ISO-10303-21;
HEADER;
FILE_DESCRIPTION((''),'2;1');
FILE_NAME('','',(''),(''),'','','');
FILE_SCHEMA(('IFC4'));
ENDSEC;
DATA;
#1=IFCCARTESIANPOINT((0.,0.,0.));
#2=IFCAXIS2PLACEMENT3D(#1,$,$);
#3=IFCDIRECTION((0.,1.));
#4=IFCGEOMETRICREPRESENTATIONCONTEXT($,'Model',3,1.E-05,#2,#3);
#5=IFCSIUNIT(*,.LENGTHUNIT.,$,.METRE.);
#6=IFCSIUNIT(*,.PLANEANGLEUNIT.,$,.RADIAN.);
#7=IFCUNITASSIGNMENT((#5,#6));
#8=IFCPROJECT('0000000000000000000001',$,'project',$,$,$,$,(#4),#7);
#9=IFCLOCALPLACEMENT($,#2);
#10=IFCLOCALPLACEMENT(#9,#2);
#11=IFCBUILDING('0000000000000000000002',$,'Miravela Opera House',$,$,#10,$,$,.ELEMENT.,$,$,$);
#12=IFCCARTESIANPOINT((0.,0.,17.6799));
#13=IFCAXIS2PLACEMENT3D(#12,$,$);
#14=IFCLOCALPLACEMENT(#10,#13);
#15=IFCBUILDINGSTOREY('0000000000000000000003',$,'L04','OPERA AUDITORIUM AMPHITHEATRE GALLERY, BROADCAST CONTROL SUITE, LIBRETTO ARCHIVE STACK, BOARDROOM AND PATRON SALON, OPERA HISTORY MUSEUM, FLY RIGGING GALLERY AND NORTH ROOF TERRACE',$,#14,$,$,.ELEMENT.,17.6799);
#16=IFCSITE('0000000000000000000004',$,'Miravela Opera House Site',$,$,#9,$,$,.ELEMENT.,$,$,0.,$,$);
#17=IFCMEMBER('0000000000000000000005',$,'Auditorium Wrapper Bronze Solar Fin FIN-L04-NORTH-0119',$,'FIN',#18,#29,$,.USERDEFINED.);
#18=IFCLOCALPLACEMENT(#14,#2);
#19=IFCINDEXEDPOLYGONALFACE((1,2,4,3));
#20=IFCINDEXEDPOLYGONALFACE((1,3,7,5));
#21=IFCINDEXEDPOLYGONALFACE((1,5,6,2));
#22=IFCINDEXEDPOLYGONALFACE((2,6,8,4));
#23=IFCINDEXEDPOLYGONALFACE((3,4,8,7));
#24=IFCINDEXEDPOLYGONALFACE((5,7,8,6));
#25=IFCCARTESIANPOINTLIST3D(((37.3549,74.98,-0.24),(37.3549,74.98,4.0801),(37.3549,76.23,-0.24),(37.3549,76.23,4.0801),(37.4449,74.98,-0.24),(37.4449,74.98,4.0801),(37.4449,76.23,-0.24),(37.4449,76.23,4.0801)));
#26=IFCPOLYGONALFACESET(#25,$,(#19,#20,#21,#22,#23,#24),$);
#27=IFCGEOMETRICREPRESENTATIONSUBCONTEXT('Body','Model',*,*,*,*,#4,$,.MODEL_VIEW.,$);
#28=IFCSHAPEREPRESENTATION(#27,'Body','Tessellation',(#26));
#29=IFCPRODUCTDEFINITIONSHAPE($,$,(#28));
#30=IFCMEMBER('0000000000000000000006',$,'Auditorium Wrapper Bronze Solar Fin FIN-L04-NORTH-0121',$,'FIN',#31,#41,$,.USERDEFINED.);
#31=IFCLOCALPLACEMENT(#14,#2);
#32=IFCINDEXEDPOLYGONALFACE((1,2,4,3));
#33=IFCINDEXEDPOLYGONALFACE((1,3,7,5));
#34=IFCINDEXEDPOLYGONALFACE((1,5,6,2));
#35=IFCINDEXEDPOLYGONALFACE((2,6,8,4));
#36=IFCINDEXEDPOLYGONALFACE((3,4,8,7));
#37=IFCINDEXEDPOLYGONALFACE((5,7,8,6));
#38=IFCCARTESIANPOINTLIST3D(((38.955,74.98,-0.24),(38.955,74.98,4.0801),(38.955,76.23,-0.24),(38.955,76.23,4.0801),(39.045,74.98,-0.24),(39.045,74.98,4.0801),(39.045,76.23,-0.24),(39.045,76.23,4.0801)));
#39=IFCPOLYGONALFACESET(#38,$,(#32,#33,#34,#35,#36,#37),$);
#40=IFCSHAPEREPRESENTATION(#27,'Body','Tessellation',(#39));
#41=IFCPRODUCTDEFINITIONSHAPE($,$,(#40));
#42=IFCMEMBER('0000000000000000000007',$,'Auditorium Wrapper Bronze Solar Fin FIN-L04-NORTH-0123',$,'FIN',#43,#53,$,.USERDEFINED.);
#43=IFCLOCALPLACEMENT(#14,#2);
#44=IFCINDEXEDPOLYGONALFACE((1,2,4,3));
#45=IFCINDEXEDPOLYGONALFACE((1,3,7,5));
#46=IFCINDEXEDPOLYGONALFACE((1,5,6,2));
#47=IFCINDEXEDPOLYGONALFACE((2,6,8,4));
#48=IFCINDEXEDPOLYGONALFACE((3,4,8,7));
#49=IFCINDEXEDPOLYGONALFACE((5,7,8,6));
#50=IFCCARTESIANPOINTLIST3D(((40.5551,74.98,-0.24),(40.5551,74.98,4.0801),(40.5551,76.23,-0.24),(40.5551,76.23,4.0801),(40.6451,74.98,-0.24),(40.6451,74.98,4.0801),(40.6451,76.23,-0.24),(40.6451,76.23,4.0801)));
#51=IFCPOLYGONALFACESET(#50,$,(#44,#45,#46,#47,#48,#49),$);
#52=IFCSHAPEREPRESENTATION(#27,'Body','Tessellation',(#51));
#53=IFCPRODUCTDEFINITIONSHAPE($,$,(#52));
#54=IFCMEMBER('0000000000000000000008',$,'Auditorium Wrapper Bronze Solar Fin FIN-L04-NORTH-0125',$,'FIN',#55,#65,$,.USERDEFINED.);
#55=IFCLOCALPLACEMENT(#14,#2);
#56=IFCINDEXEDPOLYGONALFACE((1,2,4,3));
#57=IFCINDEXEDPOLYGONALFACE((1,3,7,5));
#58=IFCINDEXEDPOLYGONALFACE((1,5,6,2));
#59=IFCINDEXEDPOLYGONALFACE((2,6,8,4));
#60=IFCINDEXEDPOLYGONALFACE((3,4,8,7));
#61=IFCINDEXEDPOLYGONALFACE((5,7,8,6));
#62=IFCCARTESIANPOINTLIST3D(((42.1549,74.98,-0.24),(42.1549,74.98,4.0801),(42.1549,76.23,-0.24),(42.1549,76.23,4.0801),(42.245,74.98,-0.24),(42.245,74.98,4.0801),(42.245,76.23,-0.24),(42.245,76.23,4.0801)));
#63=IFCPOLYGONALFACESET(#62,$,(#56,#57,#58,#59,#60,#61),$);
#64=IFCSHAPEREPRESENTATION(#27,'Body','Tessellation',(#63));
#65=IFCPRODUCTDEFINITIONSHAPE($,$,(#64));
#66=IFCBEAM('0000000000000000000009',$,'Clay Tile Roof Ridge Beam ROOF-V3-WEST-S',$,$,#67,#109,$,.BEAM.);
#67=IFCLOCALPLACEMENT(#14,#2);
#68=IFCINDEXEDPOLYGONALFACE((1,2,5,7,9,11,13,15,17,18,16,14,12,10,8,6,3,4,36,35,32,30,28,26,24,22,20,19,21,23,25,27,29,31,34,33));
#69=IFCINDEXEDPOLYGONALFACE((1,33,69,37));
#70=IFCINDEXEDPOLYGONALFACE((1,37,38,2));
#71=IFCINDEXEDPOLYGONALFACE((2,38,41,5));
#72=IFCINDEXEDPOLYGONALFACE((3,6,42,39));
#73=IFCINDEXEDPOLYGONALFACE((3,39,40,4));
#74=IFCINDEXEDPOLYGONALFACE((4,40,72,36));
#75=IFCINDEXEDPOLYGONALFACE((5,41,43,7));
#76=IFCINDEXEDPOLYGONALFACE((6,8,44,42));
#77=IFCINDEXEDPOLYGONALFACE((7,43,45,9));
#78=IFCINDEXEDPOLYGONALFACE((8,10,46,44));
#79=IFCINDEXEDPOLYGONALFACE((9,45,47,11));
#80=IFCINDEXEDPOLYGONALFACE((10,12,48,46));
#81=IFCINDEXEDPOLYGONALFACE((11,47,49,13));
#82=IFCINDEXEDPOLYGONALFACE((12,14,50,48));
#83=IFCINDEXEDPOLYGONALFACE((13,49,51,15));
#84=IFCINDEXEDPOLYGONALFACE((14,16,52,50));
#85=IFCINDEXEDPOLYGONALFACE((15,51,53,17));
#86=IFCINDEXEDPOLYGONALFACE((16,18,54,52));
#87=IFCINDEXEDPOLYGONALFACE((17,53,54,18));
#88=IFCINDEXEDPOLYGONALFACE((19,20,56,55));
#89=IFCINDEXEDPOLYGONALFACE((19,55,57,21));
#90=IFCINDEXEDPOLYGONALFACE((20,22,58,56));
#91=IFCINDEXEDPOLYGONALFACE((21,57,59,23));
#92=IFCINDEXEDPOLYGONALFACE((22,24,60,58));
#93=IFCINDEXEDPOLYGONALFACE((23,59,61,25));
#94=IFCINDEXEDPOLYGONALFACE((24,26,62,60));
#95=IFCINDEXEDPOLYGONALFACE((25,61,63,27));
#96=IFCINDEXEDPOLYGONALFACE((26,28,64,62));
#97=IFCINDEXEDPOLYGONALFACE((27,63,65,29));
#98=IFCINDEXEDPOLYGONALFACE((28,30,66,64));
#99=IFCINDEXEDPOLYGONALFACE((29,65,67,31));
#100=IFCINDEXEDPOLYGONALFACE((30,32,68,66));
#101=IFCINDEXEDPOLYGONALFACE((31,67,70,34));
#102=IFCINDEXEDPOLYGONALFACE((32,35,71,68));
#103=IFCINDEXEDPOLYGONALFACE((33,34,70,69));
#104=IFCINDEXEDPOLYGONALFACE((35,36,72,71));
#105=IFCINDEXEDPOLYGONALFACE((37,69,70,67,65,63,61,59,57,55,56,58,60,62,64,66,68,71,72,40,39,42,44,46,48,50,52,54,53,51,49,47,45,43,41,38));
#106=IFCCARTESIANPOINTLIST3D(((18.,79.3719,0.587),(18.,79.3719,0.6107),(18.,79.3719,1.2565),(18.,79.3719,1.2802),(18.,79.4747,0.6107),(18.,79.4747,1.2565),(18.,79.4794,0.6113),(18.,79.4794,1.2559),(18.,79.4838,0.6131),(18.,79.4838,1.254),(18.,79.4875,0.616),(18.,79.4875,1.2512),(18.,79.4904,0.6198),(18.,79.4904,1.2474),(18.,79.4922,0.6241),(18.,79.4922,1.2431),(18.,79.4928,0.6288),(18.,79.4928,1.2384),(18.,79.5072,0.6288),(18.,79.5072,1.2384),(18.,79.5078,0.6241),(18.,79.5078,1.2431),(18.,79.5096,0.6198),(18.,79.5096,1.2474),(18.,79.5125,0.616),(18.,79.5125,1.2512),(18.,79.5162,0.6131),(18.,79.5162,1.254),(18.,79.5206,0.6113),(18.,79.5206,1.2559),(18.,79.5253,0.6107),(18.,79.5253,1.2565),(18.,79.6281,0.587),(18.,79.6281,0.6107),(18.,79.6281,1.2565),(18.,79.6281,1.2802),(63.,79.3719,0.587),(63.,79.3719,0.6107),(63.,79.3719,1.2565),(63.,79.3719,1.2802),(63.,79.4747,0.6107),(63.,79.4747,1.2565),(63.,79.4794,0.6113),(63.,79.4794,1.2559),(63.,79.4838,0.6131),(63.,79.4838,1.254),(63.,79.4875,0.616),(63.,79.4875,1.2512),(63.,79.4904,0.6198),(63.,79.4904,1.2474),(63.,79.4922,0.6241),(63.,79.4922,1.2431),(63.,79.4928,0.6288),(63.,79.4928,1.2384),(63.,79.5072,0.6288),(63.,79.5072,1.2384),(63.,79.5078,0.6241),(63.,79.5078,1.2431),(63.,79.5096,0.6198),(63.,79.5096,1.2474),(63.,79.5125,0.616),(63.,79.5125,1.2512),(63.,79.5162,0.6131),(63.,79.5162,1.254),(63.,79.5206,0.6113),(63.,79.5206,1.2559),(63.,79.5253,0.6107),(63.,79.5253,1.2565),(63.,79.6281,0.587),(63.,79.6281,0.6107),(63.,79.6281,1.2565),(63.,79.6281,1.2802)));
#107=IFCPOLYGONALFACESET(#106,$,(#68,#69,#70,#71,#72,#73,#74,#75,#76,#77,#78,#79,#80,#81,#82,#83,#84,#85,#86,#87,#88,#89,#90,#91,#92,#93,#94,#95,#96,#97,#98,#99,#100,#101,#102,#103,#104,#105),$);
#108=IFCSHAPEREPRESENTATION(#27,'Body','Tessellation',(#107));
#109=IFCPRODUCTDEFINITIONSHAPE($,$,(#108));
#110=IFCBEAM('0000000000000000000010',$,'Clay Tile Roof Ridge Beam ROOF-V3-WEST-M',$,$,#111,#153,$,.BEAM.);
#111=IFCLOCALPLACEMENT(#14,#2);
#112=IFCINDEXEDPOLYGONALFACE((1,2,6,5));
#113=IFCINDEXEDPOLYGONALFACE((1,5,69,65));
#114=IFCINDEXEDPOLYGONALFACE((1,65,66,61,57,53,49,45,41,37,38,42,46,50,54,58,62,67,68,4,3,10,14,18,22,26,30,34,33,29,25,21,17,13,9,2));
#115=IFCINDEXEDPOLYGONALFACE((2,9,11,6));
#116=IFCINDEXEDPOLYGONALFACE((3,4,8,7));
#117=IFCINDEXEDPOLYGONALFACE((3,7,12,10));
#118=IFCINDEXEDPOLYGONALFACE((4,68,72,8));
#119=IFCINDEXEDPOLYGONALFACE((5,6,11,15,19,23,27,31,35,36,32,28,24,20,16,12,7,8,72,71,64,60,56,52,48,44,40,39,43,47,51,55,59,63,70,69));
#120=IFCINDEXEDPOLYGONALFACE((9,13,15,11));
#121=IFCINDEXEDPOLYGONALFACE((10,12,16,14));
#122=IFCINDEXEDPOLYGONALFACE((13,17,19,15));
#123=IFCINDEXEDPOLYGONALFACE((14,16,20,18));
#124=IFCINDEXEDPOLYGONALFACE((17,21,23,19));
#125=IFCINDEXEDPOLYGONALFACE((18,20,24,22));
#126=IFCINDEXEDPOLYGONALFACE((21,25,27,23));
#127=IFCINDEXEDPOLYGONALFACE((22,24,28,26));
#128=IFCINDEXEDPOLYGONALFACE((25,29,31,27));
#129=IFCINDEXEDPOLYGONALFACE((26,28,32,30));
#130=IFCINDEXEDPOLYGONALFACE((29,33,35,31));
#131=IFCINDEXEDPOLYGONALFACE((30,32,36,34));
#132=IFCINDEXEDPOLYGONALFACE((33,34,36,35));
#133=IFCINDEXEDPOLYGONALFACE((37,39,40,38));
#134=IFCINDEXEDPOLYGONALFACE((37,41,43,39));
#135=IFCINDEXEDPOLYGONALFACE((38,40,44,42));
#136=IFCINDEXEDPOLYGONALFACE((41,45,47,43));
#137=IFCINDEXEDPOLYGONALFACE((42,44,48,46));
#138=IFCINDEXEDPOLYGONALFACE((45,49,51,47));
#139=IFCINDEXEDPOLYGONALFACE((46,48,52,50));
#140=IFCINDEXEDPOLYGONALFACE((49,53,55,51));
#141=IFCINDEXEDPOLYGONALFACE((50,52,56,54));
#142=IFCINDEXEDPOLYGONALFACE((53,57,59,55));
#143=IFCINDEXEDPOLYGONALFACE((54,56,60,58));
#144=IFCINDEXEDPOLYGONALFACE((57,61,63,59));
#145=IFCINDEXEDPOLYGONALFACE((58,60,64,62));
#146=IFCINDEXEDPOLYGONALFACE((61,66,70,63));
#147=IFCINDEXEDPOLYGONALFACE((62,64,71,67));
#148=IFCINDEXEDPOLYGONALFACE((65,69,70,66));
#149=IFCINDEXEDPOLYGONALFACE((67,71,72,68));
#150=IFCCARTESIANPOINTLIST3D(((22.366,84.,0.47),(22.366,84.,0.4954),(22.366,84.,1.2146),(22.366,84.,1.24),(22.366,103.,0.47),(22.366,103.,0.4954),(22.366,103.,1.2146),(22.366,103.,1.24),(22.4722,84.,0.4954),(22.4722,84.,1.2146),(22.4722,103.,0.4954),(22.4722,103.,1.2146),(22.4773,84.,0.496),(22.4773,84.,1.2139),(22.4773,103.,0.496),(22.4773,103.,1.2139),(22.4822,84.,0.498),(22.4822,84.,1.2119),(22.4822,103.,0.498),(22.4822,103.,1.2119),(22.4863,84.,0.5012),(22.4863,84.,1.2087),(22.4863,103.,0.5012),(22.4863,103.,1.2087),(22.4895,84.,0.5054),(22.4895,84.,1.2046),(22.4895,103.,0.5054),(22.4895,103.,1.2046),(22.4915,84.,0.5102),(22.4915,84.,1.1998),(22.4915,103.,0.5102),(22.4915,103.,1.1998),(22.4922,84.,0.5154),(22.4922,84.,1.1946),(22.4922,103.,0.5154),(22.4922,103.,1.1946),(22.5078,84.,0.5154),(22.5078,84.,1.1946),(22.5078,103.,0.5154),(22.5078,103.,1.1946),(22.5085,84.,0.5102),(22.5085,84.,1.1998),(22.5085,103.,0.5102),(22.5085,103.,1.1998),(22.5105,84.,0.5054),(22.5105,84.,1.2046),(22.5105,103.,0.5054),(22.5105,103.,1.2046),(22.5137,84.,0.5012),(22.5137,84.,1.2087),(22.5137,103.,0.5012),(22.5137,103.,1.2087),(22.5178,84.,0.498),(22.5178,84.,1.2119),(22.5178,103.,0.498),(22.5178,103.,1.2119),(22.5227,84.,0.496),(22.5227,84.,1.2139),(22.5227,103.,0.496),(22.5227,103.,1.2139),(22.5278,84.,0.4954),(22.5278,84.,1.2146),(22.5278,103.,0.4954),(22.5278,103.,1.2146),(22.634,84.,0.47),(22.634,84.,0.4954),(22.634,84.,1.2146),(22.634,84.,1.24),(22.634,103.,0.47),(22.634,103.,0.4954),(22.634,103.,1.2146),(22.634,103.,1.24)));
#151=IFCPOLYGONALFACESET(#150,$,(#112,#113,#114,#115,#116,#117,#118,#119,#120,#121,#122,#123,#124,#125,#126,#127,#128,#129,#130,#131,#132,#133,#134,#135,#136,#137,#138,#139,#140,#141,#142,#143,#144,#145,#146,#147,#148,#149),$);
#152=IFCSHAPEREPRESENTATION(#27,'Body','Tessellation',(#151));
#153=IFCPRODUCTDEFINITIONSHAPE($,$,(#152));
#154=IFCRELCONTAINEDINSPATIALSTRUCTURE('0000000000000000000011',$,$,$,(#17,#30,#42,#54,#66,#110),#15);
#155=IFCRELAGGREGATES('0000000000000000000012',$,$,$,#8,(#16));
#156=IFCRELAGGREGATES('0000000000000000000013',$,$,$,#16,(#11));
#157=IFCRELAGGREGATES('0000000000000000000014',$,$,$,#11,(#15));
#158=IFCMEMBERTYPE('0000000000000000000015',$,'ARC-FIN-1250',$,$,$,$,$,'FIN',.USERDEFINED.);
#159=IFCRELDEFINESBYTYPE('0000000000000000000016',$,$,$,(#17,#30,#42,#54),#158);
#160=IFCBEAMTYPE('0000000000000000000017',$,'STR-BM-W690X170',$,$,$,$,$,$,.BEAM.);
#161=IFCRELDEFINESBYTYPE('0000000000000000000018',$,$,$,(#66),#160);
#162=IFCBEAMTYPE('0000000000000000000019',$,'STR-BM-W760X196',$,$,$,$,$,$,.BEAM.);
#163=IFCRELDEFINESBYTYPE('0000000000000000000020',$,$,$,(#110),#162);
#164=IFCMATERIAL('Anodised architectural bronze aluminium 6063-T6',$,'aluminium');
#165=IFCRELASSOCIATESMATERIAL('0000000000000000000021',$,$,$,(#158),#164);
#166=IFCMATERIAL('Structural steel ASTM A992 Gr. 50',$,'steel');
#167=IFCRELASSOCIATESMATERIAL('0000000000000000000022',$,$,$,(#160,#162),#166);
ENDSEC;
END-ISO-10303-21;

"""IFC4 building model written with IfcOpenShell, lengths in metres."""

from ifc_helpers import new_model, si_unit, direction, frame, origin, origin_2d, place, context, subcontext, project, spatial, rectangle, i_section, extrude, material, material_profile, profile_set, type_object, element, save


model = new_model("IFC4")

# Units and contexts
model_context = context("Model", 3, precision=1e-05, world=origin(), true_north=direction((0.0, 1.0)))
body_context = subcontext(model_context, "Body", "Model", "MODEL_VIEW")
ifc_project = project(units=[si_unit("LENGTHUNIT", "METRE"), si_unit("PLANEANGLEUNIT", "RADIAN")], contexts=[model_context])

# Site, building, storey
site_placement = place(None, origin())
site = spatial("IfcSite", under=ifc_project, at=site_placement, Name="Miravela Opera House Site", CompositionType="ELEMENT", RefElevation=0.0)
building_placement = place(site_placement, origin())
building = spatial("IfcBuilding", under=site, at=building_placement, Name="Miravela Opera House", CompositionType="ELEMENT")
storey_placement = place(building_placement, frame((0.0, 0.0, 17.6799)))
storey = spatial("IfcBuildingStorey", under=building, at=storey_placement, Name="L04", Description="OPERA AUDITORIUM AMPHITHEATRE GALLERY, BROADCAST CONTROL SUITE, LIBRETTO ARCHIVE STACK, BOARDROOM AND PATRON SALON, OPERA HISTORY MUSEUM, FLY RIGGING GALLERY AND NORTH ROOF TERRACE", CompositionType="ELEMENT", Elevation=17.6799)

# Members
ifc_material_1 = material(Name="Anodised architectural bronze aluminium 6063-T6", Category="aluminium")
ifc_material_profile_1 = material_profile(ifc_material_1, rectangle(XDim=0.0901, YDim=1.25, at=origin_2d()), Name="FIN-1250X90")
ifc_profile_set_1 = profile_set([ifc_material_profile_1])
member_type_1 = type_object("IfcMemberType", Name="ARC-FIN-1250", ElementType="FIN", PredefinedType="USERDEFINED", material=ifc_profile_set_1)
for number, where, z_axis, x_axis, name in (
    (1, (37.3999, 75.605, -0.24), (0.0, 0.0, 1.0), (1.0, 0.0, 0.0), "Auditorium Wrapper Bronze Solar Fin FIN-L04-NORTH-0119"),
    (2, (39.0, 75.605, -0.24), (0.0, 0.0, 1.0), (1.0, 0.0, 0.0), "Auditorium Wrapper Bronze Solar Fin FIN-L04-NORTH-0121"),
    (3, (40.6001, 75.605, -0.24), (0.0, 0.0, 1.0), (1.0, 0.0, 0.0), "Auditorium Wrapper Bronze Solar Fin FIN-L04-NORTH-0123"),
    (4, (42.2, 75.605, -0.24), (0.0, 0.0, 1.0), (1.0, 0.0, 0.0), "Auditorium Wrapper Bronze Solar Fin FIN-L04-NORTH-0125"),
):
    element("IfcMember", number, at=place(storey_placement, frame(where, z_axis=z_axis, x_axis=x_axis)), inside=storey, type_object=member_type_1, Name=name, ObjectType="FIN", PredefinedType="USERDEFINED", context=body_context, shape_type="SweptSolid", body=[
        extrude(rectangle(XDim=0.0901, YDim=1.25, at=origin_2d()), origin(), (0.0, 0.0, 1.0), 4.3201),
    ])

# Beams
ifc_material_2 = material(Name="Structural steel ASTM A992 Gr. 50", Category="steel")
ifc_material_profile_2 = material_profile(ifc_material_2, i_section(OverallWidth=0.2561, OverallDepth=0.6931, WebThickness=0.0144, FlangeThickness=0.0237, FilletRadius=0.0181, at=origin_2d()), Name="W690X170")
ifc_profile_set_2 = profile_set([ifc_material_profile_2])
beam_type_1 = type_object("IfcBeamType", Name="STR-BM-W690X170", PredefinedType="BEAM", material=ifc_profile_set_2)
beam_1_placement = place(storey_placement, frame((18.0, 79.5, 0.9336), z_axis=(1.0, 0.0, 0.0), x_axis=(0.0, 1.0, 0.0)))
element("IfcBeam", 5, at=beam_1_placement, inside=storey, type_object=beam_type_1, Name="Clay Tile Roof Ridge Beam ROOF-V3-WEST-S", PredefinedType="BEAM", context=body_context, shape_type="SweptSolid", body=[
    extrude(i_section(OverallWidth=0.2561, OverallDepth=0.6931, WebThickness=0.0144, FlangeThickness=0.0237, FilletRadius=0.0181, at=origin_2d()), origin(), (0.0, 0.0, 1.0), 45.0),
])
ifc_material_profile_3 = material_profile(ifc_material_2, i_section(OverallWidth=0.2681, OverallDepth=0.77, WebThickness=0.0156, FlangeThickness=0.0254, FilletRadius=0.02, at=origin_2d()), Name="W760X196")
ifc_profile_set_3 = profile_set([ifc_material_profile_3])
beam_type_2 = type_object("IfcBeamType", Name="STR-BM-W760X196", PredefinedType="BEAM", material=ifc_profile_set_3)
beam_2_placement = place(storey_placement, frame((22.5, 84.0, 0.855), z_axis=(0.0, 1.0, 0.0), x_axis=(-1.0, 0.0, 0.0)))
element("IfcBeam", 6, at=beam_2_placement, inside=storey, type_object=beam_type_2, Name="Clay Tile Roof Ridge Beam ROOF-V3-WEST-M", PredefinedType="BEAM", context=body_context, shape_type="SweptSolid", body=[
    extrude(i_section(OverallWidth=0.2681, OverallDepth=0.77, WebThickness=0.0156, FlangeThickness=0.0254, FilletRadius=0.02, at=origin_2d()), origin(), (0.0, 0.0, 1.0), 19.0),
])

save(model, "model.ifc")
